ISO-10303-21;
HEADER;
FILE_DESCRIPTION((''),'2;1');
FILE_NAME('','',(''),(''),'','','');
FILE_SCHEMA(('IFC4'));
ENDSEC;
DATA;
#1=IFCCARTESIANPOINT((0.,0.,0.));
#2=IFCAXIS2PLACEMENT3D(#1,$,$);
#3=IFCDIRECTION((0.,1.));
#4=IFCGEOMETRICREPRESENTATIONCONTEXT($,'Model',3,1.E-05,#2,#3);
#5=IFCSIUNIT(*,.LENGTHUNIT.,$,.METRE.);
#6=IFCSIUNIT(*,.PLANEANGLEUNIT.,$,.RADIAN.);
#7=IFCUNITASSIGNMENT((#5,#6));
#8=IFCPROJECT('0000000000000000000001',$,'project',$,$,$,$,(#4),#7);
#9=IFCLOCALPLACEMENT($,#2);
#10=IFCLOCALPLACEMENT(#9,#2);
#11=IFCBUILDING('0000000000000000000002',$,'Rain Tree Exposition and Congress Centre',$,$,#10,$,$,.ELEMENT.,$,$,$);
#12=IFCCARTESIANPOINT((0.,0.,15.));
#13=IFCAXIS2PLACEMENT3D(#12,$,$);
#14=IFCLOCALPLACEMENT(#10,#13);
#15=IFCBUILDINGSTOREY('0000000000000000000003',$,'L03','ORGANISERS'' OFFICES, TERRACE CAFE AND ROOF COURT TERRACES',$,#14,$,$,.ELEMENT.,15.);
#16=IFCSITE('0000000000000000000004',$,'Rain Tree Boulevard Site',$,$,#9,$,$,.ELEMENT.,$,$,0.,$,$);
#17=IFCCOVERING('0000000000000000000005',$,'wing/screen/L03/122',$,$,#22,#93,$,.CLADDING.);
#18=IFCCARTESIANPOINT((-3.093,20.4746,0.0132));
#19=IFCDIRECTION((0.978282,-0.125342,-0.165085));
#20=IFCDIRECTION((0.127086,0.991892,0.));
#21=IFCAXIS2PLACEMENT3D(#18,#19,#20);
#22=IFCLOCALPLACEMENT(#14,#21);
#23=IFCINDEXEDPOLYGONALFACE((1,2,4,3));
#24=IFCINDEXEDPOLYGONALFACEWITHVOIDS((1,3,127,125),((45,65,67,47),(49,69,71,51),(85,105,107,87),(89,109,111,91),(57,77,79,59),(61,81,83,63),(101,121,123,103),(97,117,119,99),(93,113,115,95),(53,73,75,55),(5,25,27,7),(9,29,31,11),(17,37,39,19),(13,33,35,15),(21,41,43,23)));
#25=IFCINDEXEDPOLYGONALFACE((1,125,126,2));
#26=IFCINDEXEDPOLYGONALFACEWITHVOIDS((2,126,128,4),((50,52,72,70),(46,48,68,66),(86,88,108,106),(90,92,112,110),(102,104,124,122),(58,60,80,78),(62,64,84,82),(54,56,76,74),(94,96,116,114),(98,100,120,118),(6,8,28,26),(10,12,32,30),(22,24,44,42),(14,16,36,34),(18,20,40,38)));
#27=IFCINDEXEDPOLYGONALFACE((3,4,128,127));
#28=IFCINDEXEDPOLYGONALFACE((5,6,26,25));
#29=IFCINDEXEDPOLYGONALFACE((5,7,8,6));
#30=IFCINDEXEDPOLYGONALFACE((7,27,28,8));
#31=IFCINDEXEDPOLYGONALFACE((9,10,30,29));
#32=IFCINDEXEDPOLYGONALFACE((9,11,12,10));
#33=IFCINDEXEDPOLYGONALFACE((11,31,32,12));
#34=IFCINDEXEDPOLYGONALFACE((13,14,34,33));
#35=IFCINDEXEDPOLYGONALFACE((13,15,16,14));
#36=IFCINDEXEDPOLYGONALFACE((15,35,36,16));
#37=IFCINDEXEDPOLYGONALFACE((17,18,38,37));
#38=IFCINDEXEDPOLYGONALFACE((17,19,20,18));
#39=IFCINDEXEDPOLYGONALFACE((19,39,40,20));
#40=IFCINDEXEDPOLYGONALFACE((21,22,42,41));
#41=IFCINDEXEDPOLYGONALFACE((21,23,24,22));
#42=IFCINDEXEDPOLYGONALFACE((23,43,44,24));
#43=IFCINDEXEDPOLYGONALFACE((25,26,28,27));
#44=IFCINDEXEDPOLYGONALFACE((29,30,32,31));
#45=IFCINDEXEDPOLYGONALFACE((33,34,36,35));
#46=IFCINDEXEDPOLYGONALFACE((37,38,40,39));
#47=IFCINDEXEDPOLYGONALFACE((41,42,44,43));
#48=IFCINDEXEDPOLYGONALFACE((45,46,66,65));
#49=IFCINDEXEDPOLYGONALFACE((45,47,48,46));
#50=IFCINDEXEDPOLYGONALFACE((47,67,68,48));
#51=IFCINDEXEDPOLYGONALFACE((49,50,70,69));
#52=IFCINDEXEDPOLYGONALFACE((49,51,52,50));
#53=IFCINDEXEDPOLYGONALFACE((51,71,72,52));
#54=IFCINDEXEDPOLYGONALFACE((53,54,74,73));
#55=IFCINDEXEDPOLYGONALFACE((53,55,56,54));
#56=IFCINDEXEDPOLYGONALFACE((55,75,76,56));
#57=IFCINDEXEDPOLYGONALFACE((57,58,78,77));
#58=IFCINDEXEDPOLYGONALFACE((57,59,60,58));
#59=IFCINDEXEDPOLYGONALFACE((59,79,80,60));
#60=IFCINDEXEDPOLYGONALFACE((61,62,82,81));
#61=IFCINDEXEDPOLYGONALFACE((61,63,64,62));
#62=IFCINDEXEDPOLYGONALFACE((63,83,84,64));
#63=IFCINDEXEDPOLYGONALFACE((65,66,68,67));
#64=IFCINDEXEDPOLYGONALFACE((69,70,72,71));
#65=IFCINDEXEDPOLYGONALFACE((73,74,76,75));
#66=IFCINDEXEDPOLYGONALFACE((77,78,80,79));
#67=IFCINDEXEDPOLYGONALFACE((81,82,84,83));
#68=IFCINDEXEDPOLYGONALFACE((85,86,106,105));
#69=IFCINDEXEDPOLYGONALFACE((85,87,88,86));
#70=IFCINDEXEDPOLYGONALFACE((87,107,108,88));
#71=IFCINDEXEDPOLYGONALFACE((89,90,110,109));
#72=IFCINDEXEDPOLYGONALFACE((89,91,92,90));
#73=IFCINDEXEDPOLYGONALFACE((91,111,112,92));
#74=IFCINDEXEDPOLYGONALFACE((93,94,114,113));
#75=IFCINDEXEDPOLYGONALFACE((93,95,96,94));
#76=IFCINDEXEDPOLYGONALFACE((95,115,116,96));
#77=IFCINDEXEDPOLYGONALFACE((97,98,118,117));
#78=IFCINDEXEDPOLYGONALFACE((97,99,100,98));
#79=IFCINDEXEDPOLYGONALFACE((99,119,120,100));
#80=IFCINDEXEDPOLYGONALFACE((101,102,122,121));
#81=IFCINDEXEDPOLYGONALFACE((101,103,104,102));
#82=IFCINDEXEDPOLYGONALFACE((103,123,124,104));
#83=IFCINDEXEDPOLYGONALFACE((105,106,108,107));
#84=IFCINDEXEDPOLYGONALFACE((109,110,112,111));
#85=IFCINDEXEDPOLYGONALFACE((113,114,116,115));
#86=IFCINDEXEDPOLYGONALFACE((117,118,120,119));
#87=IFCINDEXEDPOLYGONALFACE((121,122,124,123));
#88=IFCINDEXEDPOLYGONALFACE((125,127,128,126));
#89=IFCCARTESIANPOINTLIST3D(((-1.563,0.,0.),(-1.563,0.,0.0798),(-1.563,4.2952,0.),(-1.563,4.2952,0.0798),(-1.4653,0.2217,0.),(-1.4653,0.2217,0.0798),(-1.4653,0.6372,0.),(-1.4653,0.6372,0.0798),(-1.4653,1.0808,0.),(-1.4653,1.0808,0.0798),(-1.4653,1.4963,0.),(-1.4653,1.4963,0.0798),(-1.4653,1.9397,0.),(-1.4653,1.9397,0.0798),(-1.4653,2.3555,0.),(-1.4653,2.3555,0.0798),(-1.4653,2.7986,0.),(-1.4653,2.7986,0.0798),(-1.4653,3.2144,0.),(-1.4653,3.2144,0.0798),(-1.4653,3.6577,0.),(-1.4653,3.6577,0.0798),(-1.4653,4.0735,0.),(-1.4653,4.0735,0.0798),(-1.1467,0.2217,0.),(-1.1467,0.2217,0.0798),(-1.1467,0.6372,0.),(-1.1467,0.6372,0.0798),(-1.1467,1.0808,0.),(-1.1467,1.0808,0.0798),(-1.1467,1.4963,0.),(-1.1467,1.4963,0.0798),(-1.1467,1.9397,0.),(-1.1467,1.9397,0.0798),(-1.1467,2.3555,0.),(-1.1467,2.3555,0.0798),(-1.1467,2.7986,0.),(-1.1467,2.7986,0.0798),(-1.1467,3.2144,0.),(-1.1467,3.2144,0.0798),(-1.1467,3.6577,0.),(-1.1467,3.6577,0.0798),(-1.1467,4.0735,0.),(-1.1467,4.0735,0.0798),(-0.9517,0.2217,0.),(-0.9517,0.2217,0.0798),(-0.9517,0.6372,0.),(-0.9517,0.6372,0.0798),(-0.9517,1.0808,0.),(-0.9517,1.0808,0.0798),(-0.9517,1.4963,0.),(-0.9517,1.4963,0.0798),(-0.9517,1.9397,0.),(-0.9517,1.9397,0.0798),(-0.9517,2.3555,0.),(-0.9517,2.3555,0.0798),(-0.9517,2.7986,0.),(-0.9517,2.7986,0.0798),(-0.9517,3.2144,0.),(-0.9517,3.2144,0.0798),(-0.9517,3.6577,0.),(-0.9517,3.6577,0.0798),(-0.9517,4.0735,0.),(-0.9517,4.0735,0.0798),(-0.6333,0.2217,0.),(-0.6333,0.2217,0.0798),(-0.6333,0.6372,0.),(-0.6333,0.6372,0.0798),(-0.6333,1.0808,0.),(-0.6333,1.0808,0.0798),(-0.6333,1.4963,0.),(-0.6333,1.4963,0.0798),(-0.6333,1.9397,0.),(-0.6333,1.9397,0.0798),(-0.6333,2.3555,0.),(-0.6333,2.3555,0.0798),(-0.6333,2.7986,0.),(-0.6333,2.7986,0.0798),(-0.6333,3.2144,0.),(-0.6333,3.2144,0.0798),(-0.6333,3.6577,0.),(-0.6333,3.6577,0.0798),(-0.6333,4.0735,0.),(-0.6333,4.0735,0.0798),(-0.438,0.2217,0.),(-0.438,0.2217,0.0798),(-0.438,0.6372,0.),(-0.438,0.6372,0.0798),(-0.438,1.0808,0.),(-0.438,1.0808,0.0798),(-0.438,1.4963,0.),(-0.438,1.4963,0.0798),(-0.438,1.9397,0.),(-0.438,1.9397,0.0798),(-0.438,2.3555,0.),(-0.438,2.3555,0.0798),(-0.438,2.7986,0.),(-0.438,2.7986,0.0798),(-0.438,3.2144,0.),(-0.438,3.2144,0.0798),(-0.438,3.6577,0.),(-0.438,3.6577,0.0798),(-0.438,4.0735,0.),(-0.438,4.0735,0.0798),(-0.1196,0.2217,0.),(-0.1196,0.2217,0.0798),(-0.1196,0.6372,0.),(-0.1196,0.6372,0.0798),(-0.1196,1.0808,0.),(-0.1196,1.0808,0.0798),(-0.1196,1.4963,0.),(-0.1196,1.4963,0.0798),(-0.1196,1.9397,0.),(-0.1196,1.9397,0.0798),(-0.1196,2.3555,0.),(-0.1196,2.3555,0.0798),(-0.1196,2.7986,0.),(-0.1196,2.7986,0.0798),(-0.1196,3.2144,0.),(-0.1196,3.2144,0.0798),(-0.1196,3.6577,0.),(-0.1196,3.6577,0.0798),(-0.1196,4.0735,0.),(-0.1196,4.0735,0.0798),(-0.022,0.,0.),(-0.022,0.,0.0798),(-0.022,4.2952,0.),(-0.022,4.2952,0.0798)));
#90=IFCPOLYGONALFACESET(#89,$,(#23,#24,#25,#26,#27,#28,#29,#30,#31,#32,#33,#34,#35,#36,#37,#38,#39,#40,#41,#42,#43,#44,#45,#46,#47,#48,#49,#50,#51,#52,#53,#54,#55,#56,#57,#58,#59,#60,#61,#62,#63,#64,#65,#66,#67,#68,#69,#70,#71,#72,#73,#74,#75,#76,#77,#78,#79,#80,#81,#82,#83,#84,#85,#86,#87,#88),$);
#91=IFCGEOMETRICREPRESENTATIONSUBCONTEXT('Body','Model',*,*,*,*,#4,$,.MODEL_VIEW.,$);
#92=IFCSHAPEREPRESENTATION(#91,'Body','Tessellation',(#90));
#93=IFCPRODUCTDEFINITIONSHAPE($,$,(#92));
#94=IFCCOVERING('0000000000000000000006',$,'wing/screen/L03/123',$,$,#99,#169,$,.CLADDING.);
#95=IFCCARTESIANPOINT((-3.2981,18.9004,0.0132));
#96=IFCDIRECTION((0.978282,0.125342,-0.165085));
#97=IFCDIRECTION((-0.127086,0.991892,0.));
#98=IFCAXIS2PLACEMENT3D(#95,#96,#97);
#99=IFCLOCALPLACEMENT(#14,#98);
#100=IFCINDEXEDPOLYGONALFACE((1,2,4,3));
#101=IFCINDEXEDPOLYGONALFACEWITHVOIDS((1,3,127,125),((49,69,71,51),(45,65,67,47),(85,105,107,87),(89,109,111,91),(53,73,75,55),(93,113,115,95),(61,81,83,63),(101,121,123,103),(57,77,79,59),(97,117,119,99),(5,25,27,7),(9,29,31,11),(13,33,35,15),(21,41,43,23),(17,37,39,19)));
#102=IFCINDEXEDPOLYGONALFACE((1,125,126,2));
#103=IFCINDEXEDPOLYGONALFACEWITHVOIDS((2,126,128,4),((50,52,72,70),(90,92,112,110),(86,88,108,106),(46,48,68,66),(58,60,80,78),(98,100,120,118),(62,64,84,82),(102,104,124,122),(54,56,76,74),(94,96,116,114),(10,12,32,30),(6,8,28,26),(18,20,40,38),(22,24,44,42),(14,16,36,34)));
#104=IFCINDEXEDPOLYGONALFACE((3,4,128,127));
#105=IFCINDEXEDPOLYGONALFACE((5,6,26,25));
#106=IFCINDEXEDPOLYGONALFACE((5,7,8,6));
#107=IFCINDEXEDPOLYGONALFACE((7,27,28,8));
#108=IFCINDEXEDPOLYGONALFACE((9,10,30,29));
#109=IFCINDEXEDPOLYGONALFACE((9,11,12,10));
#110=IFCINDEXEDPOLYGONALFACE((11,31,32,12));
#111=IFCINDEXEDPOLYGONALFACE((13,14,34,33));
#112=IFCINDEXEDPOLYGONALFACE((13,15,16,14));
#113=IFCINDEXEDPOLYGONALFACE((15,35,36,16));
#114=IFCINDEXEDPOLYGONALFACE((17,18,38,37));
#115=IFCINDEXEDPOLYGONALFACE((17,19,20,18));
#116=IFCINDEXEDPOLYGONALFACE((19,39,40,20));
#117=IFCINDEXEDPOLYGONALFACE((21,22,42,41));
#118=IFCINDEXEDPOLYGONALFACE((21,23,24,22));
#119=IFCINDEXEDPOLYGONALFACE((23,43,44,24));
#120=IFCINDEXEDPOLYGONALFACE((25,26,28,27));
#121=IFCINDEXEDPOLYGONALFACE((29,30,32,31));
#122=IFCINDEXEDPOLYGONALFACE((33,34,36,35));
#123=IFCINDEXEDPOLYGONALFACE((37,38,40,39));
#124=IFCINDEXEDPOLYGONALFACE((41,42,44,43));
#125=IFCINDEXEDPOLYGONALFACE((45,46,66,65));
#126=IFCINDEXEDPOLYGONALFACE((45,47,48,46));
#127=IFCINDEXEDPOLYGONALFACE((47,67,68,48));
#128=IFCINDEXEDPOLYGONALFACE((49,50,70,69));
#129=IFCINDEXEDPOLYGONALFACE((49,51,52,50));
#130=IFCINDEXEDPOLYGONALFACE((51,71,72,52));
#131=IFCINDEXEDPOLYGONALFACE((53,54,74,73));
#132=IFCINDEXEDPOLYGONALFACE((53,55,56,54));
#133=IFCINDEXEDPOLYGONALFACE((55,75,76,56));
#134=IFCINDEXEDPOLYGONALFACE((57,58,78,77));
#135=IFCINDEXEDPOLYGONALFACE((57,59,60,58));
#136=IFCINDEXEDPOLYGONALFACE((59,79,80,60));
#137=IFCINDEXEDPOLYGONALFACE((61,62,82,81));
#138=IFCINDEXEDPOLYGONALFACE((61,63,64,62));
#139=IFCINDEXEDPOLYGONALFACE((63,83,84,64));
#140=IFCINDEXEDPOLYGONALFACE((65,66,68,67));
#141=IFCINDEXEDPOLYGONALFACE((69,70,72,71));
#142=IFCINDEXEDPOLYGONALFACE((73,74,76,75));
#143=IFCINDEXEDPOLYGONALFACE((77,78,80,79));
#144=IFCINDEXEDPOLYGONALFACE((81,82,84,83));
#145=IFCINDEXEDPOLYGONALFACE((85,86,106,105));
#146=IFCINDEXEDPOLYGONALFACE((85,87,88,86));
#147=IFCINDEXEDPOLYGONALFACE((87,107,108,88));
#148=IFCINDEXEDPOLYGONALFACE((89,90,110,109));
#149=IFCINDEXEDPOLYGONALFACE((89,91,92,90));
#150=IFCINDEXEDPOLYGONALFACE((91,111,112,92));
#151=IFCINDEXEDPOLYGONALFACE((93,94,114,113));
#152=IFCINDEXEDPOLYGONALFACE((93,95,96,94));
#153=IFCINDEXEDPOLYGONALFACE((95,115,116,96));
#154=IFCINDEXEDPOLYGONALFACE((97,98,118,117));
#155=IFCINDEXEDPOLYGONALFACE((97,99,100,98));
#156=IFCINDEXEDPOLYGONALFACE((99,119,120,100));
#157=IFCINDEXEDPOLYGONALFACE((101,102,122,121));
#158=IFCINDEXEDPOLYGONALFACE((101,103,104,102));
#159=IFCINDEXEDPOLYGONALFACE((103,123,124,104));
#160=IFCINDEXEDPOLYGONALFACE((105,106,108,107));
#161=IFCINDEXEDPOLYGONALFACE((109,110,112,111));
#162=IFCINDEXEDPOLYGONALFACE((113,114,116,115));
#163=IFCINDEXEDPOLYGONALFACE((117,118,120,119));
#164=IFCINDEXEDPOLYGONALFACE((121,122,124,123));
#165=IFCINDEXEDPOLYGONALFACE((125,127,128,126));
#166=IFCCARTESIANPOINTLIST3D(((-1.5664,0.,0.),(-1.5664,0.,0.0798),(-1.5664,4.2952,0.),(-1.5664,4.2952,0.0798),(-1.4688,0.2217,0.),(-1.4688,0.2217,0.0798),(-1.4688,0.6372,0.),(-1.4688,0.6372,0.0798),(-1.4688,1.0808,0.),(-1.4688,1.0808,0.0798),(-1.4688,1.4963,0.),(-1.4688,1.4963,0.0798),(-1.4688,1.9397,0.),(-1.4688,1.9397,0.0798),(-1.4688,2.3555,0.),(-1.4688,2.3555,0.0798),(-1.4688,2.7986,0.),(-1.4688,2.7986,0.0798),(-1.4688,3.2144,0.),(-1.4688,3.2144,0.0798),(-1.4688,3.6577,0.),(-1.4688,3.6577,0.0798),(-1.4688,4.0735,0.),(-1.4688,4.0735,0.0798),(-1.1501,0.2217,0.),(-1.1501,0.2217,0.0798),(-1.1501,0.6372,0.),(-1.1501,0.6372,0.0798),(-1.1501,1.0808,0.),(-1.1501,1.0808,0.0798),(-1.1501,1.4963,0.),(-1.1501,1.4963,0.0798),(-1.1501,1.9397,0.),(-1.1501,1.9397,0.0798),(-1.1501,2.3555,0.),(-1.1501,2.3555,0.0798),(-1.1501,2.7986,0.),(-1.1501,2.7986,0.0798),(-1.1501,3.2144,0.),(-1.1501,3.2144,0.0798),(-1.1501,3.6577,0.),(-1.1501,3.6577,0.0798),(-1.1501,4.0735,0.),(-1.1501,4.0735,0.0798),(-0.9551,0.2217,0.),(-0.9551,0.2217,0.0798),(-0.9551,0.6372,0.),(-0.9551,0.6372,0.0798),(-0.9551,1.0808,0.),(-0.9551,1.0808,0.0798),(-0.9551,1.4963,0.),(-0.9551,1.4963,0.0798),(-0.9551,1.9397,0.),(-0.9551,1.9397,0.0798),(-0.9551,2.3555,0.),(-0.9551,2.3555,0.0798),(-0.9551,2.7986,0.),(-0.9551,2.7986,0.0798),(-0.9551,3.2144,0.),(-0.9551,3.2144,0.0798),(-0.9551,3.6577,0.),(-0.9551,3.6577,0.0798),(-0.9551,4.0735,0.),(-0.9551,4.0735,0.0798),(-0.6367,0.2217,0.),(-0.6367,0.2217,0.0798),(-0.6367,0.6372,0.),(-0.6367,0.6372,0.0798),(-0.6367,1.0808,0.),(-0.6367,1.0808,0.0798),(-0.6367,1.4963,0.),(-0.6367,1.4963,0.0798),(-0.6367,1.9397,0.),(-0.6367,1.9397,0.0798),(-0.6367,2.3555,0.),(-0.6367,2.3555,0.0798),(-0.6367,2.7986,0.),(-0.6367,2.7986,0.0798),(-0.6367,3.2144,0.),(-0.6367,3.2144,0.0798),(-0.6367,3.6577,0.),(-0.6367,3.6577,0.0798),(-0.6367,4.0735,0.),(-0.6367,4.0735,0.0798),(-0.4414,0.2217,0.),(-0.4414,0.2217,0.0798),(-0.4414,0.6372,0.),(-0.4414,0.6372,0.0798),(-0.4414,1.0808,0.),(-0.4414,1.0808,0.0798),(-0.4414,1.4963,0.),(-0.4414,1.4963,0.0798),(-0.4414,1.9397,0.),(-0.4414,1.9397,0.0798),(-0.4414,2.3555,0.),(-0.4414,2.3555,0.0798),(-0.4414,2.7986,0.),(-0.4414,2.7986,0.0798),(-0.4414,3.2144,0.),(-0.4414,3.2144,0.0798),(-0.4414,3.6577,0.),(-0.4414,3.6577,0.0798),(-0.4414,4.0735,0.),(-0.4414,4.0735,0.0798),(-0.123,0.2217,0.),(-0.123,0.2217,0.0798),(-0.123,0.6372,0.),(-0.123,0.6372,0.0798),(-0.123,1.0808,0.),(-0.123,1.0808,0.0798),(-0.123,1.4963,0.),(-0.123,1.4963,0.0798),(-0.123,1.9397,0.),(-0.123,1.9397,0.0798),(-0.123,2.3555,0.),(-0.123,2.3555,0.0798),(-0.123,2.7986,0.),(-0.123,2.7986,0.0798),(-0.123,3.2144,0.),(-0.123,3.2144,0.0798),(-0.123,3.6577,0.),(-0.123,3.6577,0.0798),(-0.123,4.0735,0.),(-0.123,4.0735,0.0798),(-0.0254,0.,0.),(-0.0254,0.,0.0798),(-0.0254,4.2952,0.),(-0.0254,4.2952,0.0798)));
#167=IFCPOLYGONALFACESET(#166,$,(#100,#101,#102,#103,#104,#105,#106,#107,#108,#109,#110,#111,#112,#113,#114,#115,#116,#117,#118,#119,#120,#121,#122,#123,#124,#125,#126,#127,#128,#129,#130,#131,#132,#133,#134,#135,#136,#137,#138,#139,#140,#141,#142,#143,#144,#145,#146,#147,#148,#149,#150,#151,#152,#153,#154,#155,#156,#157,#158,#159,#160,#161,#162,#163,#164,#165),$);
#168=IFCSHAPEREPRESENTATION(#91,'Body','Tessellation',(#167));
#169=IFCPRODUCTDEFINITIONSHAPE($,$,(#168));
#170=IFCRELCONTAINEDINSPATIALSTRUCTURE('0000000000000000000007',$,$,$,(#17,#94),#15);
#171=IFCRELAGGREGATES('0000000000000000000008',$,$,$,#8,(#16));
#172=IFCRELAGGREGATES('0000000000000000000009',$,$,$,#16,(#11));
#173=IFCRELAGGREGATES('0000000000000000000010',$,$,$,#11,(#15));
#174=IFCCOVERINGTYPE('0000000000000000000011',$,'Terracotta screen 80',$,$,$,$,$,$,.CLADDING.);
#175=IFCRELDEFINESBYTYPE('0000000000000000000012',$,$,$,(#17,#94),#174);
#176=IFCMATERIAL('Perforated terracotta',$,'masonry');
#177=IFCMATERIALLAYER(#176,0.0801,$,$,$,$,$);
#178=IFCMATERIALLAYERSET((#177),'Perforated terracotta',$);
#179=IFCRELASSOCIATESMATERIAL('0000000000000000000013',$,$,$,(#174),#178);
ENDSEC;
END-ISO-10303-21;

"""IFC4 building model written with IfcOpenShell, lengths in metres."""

from ifc_helpers import new_model, si_unit, direction, frame, origin, place, context, subcontext, project, spatial, polyline, outline, extrude, material, layer, layer_set, type_object, element, save


model = new_model("IFC4")

# Units and contexts
model_context = context("Model", 3, precision=1e-05, world=origin(), true_north=direction((0.0, 1.0)))
body_context = subcontext(model_context, "Body", "Model", "MODEL_VIEW")
ifc_project = project(units=[si_unit("LENGTHUNIT", "METRE"), si_unit("PLANEANGLEUNIT", "RADIAN")], contexts=[model_context])

# Site, building, storey
site_placement = place(None, origin())
site = spatial("IfcSite", under=ifc_project, at=site_placement, Name="Rain Tree Boulevard Site", CompositionType="ELEMENT", RefElevation=0.0)
building_placement = place(site_placement, origin())
building = spatial("IfcBuilding", under=site, at=building_placement, Name="Rain Tree Exposition and Congress Centre", CompositionType="ELEMENT")
storey_placement = place(building_placement, frame((0.0, 0.0, 15.0)))
storey = spatial("IfcBuildingStorey", under=building, at=storey_placement, Name="L03", Description="ORGANISERS' OFFICES, TERRACE CAFE AND ROOF COURT TERRACES", CompositionType="ELEMENT", Elevation=15.0)

# Coverings
ifc_material_1 = material(Name="Perforated terracotta", Category="masonry")
ifc_layer_1 = layer(ifc_material_1, 0.0801)
ifc_layer_set_1 = layer_set([ifc_layer_1], Name="Perforated terracotta")
covering_type = type_object("IfcCoveringType", Name="Terracotta screen 80", PredefinedType="CLADDING", material=ifc_layer_set_1)
covering_1_placement = place(storey_placement, frame((-3.093, 20.4746, 0.0132), z_axis=(0.978282, -0.125342, -0.165085), x_axis=(0.127086, 0.991892, 0.0)))
element("IfcCovering", 1, at=covering_1_placement, inside=storey, type_object=covering_type, Name="wing/screen/L03/122", PredefinedType="CLADDING", context=body_context, shape_type="SweptSolid", body=[
    extrude(outline(polyline([(-1.563, 0.0), (-1.563, 4.2952), (-0.022, 4.2952), (-0.022, 0.0), (-1.563, 0.0)]), holes=[polyline([(-0.1196, 0.2217), (-0.1196, 0.6372), (-0.438, 0.6372), (-0.438, 0.2217), (-0.1196, 0.2217)]), polyline([(-0.1196, 1.0808), (-0.1196, 1.4963), (-0.438, 1.4963), (-0.438, 1.0808), (-0.1196, 1.0808)]), polyline([(-0.1196, 1.9397), (-0.1196, 2.3555), (-0.438, 2.3555), (-0.438, 1.9397), (-0.1196, 1.9397)]), polyline([(-0.1196, 2.7986), (-0.1196, 3.2144), (-0.438, 3.2144), (-0.438, 2.7986), (-0.1196, 2.7986)]), polyline([(-0.1196, 3.6577), (-0.1196, 4.0735), (-0.438, 4.0735), (-0.438, 3.6577), (-0.1196, 3.6577)]), polyline([(-0.6333, 0.2217), (-0.6333, 0.6372), (-0.9517, 0.6372), (-0.9517, 0.2217), (-0.6333, 0.2217)]), polyline([(-0.6333, 1.0808), (-0.6333, 1.4963), (-0.9517, 1.4963), (-0.9517, 1.0808), (-0.6333, 1.0808)]), polyline([(-0.6333, 1.9397), (-0.6333, 2.3555), (-0.9517, 2.3555), (-0.9517, 1.9397), (-0.6333, 1.9397)]), polyline([(-0.6333, 2.7986), (-0.6333, 3.2144), (-0.9517, 3.2144), (-0.9517, 2.7986), (-0.6333, 2.7986)]), polyline([(-0.6333, 3.6577), (-0.6333, 4.0735), (-0.9517, 4.0735), (-0.9517, 3.6577), (-0.6333, 3.6577)]), polyline([(-1.1467, 0.2217), (-1.1467, 0.6372), (-1.4653, 0.6372), (-1.4653, 0.2217), (-1.1467, 0.2217)]), polyline([(-1.1467, 1.0808), (-1.1467, 1.4963), (-1.4653, 1.4963), (-1.4653, 1.0808), (-1.1467, 1.0808)]), polyline([(-1.1467, 1.9397), (-1.1467, 2.3555), (-1.4653, 2.3555), (-1.4653, 1.9397), (-1.1467, 1.9397)]), polyline([(-1.1467, 2.7986), (-1.1467, 3.2144), (-1.4653, 3.2144), (-1.4653, 2.7986), (-1.1467, 2.7986)]), polyline([(-1.1467, 3.6577), (-1.1467, 4.0735), (-1.4653, 4.0735), (-1.4653, 3.6577), (-1.1467, 3.6577)])]), origin(), (0.0, 0.0, 1.0), 0.0798),
])
covering_2_placement = place(storey_placement, frame((-3.2981, 18.9004, 0.0132), z_axis=(0.978282, 0.125342, -0.165085), x_axis=(-0.127086, 0.991892, 0.0)))
element("IfcCovering", 2, at=covering_2_placement, inside=storey, type_object=covering_type, Name="wing/screen/L03/123", PredefinedType="CLADDING", context=body_context, shape_type="SweptSolid", body=[
    extrude(outline(polyline([(-1.5664, 0.0), (-1.5664, 4.2952), (-0.0254, 4.2952), (-0.0254, 0.0), (-1.5664, 0.0)]), holes=[polyline([(-0.123, 0.2217), (-0.123, 0.6372), (-0.4414, 0.6372), (-0.4414, 0.2217), (-0.123, 0.2217)]), polyline([(-0.123, 1.0808), (-0.123, 1.4963), (-0.4414, 1.4963), (-0.4414, 1.0808), (-0.123, 1.0808)]), polyline([(-0.123, 1.9397), (-0.123, 2.3555), (-0.4414, 2.3555), (-0.4414, 1.9397), (-0.123, 1.9397)]), polyline([(-0.123, 2.7986), (-0.123, 3.2144), (-0.4414, 3.2144), (-0.4414, 2.7986), (-0.123, 2.7986)]), polyline([(-0.123, 3.6577), (-0.123, 4.0735), (-0.4414, 4.0735), (-0.4414, 3.6577), (-0.123, 3.6577)]), polyline([(-0.6367, 0.2217), (-0.6367, 0.6372), (-0.9551, 0.6372), (-0.9551, 0.2217), (-0.6367, 0.2217)]), polyline([(-0.6367, 1.0808), (-0.6367, 1.4963), (-0.9551, 1.4963), (-0.9551, 1.0808), (-0.6367, 1.0808)]), polyline([(-0.6367, 1.9397), (-0.6367, 2.3555), (-0.9551, 2.3555), (-0.9551, 1.9397), (-0.6367, 1.9397)]), polyline([(-0.6367, 2.7986), (-0.6367, 3.2144), (-0.9551, 3.2144), (-0.9551, 2.7986), (-0.6367, 2.7986)]), polyline([(-0.6367, 3.6577), (-0.6367, 4.0735), (-0.9551, 4.0735), (-0.9551, 3.6577), (-0.6367, 3.6577)]), polyline([(-1.1501, 0.2217), (-1.1501, 0.6372), (-1.4688, 0.6372), (-1.4688, 0.2217), (-1.1501, 0.2217)]), polyline([(-1.1501, 1.0808), (-1.1501, 1.4963), (-1.4688, 1.4963), (-1.4688, 1.0808), (-1.1501, 1.0808)]), polyline([(-1.1501, 1.9397), (-1.1501, 2.3555), (-1.4688, 2.3555), (-1.4688, 1.9397), (-1.1501, 1.9397)]), polyline([(-1.1501, 2.7986), (-1.1501, 3.2144), (-1.4688, 3.2144), (-1.4688, 2.7986), (-1.1501, 2.7986)]), polyline([(-1.1501, 3.6577), (-1.1501, 4.0735), (-1.4688, 4.0735), (-1.4688, 3.6577), (-1.1501, 3.6577)])]), origin(), (0.0, 0.0, 1.0), 0.0798),
])

save(model, "model.ifc")
